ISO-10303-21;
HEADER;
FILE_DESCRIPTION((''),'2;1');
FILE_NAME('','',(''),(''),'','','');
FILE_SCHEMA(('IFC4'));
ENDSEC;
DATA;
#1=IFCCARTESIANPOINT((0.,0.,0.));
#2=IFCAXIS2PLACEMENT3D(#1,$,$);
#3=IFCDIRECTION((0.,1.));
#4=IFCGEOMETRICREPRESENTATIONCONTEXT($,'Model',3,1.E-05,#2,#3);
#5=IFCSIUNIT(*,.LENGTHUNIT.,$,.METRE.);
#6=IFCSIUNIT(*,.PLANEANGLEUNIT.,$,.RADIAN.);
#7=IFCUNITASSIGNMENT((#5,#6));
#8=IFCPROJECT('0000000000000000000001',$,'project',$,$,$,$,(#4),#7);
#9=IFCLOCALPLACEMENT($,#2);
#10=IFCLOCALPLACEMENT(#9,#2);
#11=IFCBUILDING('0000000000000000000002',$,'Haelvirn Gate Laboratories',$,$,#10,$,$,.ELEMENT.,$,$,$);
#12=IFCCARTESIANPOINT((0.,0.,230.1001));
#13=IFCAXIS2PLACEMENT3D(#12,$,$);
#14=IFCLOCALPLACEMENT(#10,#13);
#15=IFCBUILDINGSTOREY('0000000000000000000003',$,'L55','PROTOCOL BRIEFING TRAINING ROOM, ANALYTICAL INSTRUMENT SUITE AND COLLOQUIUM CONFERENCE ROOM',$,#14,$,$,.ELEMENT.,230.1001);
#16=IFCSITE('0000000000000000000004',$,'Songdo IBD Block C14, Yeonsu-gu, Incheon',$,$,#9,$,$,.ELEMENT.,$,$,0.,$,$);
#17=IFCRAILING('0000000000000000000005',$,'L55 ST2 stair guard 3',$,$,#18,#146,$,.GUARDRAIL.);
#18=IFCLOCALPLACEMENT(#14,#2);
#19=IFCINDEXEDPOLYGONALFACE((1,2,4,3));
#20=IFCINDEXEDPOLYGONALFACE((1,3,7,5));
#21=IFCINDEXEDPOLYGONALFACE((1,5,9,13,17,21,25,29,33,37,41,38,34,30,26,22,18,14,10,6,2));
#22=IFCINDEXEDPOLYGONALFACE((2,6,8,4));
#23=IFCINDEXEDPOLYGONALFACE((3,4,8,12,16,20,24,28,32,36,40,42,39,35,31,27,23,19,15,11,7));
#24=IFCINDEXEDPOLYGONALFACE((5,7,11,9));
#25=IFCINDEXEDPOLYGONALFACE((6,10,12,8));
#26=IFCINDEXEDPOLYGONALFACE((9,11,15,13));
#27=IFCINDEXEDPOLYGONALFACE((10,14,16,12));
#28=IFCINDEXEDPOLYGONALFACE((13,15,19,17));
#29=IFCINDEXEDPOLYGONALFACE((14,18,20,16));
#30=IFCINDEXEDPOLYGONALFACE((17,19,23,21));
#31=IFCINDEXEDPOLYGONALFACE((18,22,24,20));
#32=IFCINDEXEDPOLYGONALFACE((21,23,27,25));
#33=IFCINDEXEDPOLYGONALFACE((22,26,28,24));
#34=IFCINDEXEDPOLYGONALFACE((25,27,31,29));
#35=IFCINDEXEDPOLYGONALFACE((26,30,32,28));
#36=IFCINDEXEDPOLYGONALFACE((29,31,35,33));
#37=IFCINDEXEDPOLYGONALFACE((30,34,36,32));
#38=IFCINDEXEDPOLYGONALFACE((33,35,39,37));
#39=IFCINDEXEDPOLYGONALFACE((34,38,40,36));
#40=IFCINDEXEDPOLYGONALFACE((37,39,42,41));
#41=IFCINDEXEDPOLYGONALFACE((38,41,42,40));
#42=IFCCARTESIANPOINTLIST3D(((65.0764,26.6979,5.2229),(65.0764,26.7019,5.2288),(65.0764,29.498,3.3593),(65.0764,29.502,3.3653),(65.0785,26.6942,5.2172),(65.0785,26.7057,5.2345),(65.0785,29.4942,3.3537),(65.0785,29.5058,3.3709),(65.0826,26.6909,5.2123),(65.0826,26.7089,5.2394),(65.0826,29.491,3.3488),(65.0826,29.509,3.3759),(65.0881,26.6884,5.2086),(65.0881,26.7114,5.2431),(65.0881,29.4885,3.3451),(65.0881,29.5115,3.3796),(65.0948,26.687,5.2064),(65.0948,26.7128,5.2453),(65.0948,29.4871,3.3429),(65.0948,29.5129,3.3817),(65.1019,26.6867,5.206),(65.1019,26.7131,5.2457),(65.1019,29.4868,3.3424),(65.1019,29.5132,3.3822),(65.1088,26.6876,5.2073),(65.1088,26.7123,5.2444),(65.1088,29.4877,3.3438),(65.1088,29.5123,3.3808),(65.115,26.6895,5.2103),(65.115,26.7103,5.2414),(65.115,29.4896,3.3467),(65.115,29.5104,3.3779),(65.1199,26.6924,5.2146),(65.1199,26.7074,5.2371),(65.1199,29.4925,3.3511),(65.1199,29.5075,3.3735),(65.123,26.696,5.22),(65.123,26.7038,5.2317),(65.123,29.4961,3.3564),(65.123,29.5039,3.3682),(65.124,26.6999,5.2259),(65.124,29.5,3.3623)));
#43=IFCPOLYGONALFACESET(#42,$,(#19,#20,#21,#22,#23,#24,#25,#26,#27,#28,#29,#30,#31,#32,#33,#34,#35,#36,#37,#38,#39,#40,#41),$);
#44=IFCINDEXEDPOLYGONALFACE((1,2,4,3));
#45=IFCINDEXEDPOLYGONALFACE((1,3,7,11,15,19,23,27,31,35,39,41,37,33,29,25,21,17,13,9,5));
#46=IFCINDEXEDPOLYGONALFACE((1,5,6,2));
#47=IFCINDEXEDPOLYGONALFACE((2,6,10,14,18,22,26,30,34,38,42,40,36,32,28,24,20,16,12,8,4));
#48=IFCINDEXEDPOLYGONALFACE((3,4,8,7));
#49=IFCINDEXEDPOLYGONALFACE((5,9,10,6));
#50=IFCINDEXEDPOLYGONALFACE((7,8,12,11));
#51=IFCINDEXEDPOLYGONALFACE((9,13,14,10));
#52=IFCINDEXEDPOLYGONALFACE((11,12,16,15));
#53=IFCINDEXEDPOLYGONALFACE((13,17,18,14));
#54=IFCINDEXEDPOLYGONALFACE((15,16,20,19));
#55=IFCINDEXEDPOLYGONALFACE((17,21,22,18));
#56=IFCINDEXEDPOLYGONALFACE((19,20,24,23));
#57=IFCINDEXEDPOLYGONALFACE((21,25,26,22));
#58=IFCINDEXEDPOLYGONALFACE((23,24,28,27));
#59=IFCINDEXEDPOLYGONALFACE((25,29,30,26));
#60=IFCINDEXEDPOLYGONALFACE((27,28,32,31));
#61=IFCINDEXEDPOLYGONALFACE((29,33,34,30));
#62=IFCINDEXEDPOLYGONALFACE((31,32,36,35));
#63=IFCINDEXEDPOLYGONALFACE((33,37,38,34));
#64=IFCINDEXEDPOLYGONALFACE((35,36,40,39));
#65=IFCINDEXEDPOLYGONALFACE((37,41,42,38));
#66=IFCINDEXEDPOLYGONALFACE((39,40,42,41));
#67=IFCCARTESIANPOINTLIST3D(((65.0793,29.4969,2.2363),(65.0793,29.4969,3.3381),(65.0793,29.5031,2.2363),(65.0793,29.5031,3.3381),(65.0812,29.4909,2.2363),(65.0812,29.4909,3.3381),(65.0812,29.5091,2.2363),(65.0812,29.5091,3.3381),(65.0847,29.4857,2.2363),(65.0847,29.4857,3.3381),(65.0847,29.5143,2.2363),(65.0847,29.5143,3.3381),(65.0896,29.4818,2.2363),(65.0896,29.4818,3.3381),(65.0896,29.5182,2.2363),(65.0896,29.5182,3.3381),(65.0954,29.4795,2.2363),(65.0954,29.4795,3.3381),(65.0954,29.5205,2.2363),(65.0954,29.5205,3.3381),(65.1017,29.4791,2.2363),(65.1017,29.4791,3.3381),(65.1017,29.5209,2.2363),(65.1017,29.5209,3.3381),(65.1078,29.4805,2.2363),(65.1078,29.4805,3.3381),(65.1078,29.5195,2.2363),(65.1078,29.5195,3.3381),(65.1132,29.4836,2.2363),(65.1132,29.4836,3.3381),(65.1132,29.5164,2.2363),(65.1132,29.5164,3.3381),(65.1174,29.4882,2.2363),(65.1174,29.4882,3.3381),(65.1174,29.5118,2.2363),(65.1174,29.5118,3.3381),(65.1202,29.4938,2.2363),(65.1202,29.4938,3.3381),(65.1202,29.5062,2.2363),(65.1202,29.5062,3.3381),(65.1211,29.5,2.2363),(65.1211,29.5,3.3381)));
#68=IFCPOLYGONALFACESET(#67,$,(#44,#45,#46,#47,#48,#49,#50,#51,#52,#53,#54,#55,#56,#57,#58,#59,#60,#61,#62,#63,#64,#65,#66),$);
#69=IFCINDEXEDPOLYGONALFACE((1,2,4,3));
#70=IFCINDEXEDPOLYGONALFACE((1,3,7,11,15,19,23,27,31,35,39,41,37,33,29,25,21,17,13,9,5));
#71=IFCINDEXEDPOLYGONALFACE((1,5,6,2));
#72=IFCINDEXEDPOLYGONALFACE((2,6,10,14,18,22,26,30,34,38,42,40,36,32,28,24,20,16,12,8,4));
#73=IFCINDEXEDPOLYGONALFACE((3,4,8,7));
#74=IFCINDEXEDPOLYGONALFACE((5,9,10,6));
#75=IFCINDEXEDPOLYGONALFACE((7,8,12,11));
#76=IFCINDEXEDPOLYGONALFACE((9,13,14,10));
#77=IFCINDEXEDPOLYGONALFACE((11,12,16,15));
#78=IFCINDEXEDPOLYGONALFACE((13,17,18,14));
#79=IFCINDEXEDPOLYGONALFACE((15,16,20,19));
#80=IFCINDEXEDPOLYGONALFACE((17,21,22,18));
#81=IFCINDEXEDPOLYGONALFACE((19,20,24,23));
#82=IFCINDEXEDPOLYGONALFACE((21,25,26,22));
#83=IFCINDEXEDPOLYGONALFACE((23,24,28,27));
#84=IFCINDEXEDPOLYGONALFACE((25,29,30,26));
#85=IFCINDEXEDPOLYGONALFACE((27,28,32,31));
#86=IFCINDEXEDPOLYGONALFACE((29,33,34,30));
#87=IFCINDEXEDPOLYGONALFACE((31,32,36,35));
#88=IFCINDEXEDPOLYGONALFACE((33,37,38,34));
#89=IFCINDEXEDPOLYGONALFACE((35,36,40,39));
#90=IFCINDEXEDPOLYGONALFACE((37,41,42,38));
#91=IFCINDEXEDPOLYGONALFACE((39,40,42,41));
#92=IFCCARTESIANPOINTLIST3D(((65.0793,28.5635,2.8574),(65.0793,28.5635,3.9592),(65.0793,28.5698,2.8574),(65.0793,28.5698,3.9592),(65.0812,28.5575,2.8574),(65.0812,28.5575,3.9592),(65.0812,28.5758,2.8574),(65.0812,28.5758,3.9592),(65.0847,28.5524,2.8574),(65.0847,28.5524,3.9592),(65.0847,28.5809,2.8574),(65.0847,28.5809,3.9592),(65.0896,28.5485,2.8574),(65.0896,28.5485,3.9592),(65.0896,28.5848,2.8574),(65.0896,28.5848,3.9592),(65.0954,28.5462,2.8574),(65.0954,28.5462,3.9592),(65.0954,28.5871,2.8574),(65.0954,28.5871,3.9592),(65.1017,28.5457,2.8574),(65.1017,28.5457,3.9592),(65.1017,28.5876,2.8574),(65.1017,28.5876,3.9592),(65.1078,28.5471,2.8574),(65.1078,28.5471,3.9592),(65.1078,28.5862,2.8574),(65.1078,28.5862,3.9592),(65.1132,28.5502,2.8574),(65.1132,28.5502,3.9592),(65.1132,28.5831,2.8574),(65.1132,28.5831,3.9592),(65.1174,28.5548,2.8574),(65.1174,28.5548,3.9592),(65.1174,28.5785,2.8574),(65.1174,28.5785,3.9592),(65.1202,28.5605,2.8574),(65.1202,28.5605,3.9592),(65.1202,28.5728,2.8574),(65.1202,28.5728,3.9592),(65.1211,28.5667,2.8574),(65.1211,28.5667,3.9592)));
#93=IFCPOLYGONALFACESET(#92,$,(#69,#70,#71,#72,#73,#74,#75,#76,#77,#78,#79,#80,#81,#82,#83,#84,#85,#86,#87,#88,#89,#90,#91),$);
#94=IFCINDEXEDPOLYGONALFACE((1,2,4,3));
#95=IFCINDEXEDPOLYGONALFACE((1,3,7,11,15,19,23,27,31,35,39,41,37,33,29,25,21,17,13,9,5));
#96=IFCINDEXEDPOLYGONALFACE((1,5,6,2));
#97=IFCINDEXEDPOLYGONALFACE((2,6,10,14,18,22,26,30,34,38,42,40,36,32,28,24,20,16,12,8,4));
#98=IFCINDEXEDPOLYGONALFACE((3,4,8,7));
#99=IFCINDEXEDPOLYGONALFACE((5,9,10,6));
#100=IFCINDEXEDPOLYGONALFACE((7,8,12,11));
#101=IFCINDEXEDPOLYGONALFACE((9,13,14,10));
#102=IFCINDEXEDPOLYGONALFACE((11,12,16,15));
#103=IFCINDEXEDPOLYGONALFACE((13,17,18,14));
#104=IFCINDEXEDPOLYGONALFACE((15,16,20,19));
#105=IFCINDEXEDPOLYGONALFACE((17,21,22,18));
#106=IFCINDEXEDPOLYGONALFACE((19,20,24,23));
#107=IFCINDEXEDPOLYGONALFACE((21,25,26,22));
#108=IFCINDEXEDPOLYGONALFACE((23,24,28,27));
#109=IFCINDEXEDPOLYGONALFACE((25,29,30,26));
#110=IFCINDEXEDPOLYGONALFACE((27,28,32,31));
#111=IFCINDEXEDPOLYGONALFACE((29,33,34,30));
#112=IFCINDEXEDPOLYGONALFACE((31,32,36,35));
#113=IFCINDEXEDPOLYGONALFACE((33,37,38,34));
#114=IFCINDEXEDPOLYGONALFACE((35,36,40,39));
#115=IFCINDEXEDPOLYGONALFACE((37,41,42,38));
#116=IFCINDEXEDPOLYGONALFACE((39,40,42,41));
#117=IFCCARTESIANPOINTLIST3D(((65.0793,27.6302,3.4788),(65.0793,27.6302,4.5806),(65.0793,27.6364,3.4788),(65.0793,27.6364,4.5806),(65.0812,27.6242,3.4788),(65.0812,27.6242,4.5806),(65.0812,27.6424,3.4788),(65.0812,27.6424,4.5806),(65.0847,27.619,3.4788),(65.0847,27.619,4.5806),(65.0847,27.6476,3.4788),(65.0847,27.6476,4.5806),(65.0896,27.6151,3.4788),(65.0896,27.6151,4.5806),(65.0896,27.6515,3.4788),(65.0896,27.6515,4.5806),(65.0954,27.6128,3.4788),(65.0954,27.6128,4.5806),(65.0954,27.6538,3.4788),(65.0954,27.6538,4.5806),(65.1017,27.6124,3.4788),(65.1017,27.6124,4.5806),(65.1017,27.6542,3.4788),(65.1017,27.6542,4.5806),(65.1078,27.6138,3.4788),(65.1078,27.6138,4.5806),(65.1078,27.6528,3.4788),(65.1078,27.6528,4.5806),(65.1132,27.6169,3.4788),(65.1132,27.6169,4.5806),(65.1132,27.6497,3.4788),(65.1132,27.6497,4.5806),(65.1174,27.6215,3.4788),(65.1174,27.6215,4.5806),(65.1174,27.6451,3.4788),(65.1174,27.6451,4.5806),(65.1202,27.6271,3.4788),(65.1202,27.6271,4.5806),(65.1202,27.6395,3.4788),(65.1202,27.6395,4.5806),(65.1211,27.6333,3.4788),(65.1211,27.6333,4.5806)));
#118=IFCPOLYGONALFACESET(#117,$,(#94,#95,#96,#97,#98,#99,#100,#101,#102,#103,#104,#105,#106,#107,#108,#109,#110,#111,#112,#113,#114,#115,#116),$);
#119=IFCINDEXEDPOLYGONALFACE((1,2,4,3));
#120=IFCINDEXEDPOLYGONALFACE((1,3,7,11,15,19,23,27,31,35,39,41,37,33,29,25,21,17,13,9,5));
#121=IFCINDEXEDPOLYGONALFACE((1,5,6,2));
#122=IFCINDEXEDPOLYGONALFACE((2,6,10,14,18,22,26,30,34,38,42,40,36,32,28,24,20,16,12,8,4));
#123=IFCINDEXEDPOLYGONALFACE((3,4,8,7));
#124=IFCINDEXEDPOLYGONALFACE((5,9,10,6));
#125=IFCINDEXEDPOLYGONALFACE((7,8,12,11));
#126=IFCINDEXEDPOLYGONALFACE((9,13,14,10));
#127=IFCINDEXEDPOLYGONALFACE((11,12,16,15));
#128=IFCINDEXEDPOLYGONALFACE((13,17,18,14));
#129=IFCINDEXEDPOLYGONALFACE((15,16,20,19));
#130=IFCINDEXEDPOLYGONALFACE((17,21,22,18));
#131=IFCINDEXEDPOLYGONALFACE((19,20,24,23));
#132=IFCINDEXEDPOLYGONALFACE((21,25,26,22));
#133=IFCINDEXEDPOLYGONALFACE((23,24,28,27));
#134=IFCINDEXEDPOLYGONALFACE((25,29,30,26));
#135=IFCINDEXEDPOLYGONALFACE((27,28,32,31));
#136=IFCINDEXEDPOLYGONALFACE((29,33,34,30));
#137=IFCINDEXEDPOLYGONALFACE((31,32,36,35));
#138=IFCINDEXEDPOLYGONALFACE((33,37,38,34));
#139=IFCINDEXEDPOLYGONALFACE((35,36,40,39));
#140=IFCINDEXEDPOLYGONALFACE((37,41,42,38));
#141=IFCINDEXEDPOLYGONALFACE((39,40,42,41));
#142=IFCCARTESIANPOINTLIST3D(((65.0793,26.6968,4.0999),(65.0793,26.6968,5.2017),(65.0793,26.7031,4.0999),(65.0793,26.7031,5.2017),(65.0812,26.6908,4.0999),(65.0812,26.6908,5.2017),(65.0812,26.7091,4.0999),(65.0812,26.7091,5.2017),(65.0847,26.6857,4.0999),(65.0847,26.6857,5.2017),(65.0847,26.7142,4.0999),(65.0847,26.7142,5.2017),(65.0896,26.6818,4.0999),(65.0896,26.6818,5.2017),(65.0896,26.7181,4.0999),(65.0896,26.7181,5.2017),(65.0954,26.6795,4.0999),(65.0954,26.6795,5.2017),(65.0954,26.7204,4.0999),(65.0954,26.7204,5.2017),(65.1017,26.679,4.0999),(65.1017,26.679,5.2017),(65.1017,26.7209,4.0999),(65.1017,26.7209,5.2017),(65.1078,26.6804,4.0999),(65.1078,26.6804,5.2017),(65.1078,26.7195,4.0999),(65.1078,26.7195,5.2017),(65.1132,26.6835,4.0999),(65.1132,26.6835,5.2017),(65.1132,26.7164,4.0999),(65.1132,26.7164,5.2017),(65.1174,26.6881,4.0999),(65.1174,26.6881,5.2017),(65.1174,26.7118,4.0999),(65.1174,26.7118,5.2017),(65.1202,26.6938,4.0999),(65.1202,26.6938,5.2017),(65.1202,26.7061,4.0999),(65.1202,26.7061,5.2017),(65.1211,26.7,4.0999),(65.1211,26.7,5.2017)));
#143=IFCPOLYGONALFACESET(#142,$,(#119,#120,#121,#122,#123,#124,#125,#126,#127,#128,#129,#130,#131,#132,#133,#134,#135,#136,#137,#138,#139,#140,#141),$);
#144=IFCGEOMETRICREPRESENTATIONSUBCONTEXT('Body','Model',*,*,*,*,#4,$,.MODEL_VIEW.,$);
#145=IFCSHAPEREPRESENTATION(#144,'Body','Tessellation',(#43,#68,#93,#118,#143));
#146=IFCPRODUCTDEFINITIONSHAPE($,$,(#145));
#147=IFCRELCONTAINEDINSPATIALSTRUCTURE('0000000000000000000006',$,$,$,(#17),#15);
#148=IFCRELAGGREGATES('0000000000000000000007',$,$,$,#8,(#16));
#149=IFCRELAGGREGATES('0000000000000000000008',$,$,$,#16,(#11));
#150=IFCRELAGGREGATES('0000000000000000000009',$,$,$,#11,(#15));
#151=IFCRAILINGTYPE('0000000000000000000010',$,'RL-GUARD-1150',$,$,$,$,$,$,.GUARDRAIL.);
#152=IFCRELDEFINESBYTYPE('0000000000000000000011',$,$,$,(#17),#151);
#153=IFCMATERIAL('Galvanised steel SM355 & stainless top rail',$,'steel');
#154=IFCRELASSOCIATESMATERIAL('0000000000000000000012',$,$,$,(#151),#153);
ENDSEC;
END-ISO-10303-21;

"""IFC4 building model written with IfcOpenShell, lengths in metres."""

from ifc_helpers import new_model, si_unit, direction, frame, origin, origin_2d, place, context, subcontext, project, spatial, circle, extrude, source, transform, mapped, material, type_object, element, save


model = new_model("IFC4")

# Units and contexts
model_context = context("Model", 3, precision=1e-05, world=origin(), true_north=direction((0.0, 1.0)))
body_context = subcontext(model_context, "Body", "Model", "MODEL_VIEW")
ifc_project = project(units=[si_unit("LENGTHUNIT", "METRE"), si_unit("PLANEANGLEUNIT", "RADIAN")], contexts=[model_context])

# Site, building, storey
site_placement = place(None, origin())
site = spatial("IfcSite", under=ifc_project, at=site_placement, Name="Songdo IBD Block C14, Yeonsu-gu, Incheon", CompositionType="ELEMENT", RefElevation=0.0)
building_placement = place(site_placement, origin())
building = spatial("IfcBuilding", under=site, at=building_placement, Name="Haelvirn Gate Laboratories", CompositionType="ELEMENT")
storey_placement = place(building_placement, frame((0.0, 0.0, 230.1001)))
storey = spatial("IfcBuildingStorey", under=building, at=storey_placement, Name="L55", Description="PROTOCOL BRIEFING TRAINING ROOM, ANALYTICAL INSTRUMENT SUITE AND COLLOQUIUM CONFERENCE ROOM", CompositionType="ELEMENT", Elevation=230.1001)

# Railing
ifc_material_1 = material(Name="Galvanised steel SM355 & stainless top rail", Category="steel")
railing_type_1 = type_object("IfcRailingType", Name="RL-GUARD-1150", PredefinedType="GUARDRAIL", material=ifc_material_1)
shared_shape_1 = source(origin(), body_context, "Body", "SweptSolid", [
    extrude(circle(Radius=0.0239, at=origin_2d()), frame((0.0, 0.0, 1.126), z_axis=(0.0, -0.832486, 0.554047), x_axis=(1.0, 0.0, 0.0)), (0.0, 0.0, 1.0), 3.3635),
    extrude(circle(Radius=0.021, at=origin_2d()), origin(), (0.0, 0.0, 1.0), 1.1018),
    extrude(circle(Radius=0.021, at=origin_2d()), frame((0.0, -0.9333, 0.6211)), (0.0, 0.0, 1.0), 1.1018),
    extrude(circle(Radius=0.021, at=origin_2d()), frame((0.0, -1.8667, 1.2424)), (0.0, 0.0, 1.0), 1.1018),
    extrude(circle(Radius=0.021, at=origin_2d()), frame((0.0, -2.8, 1.8635)), (0.0, 0.0, 1.0), 1.1018),
])
railing_1_placement = place(storey_placement, frame((65.1001, 29.5, 2.2363)))
element("IfcRailing", 1, at=railing_1_placement, inside=storey, type_object=railing_type_1, Name="L55 ST2 stair guard 3", PredefinedType="GUARDRAIL", context=body_context, shape_type="MappedRepresentation", body=[
    mapped(shared_shape_1, transform((0.0, 0.0, 0.0), scale=1.0)),
])

save(model, "model.ifc")
